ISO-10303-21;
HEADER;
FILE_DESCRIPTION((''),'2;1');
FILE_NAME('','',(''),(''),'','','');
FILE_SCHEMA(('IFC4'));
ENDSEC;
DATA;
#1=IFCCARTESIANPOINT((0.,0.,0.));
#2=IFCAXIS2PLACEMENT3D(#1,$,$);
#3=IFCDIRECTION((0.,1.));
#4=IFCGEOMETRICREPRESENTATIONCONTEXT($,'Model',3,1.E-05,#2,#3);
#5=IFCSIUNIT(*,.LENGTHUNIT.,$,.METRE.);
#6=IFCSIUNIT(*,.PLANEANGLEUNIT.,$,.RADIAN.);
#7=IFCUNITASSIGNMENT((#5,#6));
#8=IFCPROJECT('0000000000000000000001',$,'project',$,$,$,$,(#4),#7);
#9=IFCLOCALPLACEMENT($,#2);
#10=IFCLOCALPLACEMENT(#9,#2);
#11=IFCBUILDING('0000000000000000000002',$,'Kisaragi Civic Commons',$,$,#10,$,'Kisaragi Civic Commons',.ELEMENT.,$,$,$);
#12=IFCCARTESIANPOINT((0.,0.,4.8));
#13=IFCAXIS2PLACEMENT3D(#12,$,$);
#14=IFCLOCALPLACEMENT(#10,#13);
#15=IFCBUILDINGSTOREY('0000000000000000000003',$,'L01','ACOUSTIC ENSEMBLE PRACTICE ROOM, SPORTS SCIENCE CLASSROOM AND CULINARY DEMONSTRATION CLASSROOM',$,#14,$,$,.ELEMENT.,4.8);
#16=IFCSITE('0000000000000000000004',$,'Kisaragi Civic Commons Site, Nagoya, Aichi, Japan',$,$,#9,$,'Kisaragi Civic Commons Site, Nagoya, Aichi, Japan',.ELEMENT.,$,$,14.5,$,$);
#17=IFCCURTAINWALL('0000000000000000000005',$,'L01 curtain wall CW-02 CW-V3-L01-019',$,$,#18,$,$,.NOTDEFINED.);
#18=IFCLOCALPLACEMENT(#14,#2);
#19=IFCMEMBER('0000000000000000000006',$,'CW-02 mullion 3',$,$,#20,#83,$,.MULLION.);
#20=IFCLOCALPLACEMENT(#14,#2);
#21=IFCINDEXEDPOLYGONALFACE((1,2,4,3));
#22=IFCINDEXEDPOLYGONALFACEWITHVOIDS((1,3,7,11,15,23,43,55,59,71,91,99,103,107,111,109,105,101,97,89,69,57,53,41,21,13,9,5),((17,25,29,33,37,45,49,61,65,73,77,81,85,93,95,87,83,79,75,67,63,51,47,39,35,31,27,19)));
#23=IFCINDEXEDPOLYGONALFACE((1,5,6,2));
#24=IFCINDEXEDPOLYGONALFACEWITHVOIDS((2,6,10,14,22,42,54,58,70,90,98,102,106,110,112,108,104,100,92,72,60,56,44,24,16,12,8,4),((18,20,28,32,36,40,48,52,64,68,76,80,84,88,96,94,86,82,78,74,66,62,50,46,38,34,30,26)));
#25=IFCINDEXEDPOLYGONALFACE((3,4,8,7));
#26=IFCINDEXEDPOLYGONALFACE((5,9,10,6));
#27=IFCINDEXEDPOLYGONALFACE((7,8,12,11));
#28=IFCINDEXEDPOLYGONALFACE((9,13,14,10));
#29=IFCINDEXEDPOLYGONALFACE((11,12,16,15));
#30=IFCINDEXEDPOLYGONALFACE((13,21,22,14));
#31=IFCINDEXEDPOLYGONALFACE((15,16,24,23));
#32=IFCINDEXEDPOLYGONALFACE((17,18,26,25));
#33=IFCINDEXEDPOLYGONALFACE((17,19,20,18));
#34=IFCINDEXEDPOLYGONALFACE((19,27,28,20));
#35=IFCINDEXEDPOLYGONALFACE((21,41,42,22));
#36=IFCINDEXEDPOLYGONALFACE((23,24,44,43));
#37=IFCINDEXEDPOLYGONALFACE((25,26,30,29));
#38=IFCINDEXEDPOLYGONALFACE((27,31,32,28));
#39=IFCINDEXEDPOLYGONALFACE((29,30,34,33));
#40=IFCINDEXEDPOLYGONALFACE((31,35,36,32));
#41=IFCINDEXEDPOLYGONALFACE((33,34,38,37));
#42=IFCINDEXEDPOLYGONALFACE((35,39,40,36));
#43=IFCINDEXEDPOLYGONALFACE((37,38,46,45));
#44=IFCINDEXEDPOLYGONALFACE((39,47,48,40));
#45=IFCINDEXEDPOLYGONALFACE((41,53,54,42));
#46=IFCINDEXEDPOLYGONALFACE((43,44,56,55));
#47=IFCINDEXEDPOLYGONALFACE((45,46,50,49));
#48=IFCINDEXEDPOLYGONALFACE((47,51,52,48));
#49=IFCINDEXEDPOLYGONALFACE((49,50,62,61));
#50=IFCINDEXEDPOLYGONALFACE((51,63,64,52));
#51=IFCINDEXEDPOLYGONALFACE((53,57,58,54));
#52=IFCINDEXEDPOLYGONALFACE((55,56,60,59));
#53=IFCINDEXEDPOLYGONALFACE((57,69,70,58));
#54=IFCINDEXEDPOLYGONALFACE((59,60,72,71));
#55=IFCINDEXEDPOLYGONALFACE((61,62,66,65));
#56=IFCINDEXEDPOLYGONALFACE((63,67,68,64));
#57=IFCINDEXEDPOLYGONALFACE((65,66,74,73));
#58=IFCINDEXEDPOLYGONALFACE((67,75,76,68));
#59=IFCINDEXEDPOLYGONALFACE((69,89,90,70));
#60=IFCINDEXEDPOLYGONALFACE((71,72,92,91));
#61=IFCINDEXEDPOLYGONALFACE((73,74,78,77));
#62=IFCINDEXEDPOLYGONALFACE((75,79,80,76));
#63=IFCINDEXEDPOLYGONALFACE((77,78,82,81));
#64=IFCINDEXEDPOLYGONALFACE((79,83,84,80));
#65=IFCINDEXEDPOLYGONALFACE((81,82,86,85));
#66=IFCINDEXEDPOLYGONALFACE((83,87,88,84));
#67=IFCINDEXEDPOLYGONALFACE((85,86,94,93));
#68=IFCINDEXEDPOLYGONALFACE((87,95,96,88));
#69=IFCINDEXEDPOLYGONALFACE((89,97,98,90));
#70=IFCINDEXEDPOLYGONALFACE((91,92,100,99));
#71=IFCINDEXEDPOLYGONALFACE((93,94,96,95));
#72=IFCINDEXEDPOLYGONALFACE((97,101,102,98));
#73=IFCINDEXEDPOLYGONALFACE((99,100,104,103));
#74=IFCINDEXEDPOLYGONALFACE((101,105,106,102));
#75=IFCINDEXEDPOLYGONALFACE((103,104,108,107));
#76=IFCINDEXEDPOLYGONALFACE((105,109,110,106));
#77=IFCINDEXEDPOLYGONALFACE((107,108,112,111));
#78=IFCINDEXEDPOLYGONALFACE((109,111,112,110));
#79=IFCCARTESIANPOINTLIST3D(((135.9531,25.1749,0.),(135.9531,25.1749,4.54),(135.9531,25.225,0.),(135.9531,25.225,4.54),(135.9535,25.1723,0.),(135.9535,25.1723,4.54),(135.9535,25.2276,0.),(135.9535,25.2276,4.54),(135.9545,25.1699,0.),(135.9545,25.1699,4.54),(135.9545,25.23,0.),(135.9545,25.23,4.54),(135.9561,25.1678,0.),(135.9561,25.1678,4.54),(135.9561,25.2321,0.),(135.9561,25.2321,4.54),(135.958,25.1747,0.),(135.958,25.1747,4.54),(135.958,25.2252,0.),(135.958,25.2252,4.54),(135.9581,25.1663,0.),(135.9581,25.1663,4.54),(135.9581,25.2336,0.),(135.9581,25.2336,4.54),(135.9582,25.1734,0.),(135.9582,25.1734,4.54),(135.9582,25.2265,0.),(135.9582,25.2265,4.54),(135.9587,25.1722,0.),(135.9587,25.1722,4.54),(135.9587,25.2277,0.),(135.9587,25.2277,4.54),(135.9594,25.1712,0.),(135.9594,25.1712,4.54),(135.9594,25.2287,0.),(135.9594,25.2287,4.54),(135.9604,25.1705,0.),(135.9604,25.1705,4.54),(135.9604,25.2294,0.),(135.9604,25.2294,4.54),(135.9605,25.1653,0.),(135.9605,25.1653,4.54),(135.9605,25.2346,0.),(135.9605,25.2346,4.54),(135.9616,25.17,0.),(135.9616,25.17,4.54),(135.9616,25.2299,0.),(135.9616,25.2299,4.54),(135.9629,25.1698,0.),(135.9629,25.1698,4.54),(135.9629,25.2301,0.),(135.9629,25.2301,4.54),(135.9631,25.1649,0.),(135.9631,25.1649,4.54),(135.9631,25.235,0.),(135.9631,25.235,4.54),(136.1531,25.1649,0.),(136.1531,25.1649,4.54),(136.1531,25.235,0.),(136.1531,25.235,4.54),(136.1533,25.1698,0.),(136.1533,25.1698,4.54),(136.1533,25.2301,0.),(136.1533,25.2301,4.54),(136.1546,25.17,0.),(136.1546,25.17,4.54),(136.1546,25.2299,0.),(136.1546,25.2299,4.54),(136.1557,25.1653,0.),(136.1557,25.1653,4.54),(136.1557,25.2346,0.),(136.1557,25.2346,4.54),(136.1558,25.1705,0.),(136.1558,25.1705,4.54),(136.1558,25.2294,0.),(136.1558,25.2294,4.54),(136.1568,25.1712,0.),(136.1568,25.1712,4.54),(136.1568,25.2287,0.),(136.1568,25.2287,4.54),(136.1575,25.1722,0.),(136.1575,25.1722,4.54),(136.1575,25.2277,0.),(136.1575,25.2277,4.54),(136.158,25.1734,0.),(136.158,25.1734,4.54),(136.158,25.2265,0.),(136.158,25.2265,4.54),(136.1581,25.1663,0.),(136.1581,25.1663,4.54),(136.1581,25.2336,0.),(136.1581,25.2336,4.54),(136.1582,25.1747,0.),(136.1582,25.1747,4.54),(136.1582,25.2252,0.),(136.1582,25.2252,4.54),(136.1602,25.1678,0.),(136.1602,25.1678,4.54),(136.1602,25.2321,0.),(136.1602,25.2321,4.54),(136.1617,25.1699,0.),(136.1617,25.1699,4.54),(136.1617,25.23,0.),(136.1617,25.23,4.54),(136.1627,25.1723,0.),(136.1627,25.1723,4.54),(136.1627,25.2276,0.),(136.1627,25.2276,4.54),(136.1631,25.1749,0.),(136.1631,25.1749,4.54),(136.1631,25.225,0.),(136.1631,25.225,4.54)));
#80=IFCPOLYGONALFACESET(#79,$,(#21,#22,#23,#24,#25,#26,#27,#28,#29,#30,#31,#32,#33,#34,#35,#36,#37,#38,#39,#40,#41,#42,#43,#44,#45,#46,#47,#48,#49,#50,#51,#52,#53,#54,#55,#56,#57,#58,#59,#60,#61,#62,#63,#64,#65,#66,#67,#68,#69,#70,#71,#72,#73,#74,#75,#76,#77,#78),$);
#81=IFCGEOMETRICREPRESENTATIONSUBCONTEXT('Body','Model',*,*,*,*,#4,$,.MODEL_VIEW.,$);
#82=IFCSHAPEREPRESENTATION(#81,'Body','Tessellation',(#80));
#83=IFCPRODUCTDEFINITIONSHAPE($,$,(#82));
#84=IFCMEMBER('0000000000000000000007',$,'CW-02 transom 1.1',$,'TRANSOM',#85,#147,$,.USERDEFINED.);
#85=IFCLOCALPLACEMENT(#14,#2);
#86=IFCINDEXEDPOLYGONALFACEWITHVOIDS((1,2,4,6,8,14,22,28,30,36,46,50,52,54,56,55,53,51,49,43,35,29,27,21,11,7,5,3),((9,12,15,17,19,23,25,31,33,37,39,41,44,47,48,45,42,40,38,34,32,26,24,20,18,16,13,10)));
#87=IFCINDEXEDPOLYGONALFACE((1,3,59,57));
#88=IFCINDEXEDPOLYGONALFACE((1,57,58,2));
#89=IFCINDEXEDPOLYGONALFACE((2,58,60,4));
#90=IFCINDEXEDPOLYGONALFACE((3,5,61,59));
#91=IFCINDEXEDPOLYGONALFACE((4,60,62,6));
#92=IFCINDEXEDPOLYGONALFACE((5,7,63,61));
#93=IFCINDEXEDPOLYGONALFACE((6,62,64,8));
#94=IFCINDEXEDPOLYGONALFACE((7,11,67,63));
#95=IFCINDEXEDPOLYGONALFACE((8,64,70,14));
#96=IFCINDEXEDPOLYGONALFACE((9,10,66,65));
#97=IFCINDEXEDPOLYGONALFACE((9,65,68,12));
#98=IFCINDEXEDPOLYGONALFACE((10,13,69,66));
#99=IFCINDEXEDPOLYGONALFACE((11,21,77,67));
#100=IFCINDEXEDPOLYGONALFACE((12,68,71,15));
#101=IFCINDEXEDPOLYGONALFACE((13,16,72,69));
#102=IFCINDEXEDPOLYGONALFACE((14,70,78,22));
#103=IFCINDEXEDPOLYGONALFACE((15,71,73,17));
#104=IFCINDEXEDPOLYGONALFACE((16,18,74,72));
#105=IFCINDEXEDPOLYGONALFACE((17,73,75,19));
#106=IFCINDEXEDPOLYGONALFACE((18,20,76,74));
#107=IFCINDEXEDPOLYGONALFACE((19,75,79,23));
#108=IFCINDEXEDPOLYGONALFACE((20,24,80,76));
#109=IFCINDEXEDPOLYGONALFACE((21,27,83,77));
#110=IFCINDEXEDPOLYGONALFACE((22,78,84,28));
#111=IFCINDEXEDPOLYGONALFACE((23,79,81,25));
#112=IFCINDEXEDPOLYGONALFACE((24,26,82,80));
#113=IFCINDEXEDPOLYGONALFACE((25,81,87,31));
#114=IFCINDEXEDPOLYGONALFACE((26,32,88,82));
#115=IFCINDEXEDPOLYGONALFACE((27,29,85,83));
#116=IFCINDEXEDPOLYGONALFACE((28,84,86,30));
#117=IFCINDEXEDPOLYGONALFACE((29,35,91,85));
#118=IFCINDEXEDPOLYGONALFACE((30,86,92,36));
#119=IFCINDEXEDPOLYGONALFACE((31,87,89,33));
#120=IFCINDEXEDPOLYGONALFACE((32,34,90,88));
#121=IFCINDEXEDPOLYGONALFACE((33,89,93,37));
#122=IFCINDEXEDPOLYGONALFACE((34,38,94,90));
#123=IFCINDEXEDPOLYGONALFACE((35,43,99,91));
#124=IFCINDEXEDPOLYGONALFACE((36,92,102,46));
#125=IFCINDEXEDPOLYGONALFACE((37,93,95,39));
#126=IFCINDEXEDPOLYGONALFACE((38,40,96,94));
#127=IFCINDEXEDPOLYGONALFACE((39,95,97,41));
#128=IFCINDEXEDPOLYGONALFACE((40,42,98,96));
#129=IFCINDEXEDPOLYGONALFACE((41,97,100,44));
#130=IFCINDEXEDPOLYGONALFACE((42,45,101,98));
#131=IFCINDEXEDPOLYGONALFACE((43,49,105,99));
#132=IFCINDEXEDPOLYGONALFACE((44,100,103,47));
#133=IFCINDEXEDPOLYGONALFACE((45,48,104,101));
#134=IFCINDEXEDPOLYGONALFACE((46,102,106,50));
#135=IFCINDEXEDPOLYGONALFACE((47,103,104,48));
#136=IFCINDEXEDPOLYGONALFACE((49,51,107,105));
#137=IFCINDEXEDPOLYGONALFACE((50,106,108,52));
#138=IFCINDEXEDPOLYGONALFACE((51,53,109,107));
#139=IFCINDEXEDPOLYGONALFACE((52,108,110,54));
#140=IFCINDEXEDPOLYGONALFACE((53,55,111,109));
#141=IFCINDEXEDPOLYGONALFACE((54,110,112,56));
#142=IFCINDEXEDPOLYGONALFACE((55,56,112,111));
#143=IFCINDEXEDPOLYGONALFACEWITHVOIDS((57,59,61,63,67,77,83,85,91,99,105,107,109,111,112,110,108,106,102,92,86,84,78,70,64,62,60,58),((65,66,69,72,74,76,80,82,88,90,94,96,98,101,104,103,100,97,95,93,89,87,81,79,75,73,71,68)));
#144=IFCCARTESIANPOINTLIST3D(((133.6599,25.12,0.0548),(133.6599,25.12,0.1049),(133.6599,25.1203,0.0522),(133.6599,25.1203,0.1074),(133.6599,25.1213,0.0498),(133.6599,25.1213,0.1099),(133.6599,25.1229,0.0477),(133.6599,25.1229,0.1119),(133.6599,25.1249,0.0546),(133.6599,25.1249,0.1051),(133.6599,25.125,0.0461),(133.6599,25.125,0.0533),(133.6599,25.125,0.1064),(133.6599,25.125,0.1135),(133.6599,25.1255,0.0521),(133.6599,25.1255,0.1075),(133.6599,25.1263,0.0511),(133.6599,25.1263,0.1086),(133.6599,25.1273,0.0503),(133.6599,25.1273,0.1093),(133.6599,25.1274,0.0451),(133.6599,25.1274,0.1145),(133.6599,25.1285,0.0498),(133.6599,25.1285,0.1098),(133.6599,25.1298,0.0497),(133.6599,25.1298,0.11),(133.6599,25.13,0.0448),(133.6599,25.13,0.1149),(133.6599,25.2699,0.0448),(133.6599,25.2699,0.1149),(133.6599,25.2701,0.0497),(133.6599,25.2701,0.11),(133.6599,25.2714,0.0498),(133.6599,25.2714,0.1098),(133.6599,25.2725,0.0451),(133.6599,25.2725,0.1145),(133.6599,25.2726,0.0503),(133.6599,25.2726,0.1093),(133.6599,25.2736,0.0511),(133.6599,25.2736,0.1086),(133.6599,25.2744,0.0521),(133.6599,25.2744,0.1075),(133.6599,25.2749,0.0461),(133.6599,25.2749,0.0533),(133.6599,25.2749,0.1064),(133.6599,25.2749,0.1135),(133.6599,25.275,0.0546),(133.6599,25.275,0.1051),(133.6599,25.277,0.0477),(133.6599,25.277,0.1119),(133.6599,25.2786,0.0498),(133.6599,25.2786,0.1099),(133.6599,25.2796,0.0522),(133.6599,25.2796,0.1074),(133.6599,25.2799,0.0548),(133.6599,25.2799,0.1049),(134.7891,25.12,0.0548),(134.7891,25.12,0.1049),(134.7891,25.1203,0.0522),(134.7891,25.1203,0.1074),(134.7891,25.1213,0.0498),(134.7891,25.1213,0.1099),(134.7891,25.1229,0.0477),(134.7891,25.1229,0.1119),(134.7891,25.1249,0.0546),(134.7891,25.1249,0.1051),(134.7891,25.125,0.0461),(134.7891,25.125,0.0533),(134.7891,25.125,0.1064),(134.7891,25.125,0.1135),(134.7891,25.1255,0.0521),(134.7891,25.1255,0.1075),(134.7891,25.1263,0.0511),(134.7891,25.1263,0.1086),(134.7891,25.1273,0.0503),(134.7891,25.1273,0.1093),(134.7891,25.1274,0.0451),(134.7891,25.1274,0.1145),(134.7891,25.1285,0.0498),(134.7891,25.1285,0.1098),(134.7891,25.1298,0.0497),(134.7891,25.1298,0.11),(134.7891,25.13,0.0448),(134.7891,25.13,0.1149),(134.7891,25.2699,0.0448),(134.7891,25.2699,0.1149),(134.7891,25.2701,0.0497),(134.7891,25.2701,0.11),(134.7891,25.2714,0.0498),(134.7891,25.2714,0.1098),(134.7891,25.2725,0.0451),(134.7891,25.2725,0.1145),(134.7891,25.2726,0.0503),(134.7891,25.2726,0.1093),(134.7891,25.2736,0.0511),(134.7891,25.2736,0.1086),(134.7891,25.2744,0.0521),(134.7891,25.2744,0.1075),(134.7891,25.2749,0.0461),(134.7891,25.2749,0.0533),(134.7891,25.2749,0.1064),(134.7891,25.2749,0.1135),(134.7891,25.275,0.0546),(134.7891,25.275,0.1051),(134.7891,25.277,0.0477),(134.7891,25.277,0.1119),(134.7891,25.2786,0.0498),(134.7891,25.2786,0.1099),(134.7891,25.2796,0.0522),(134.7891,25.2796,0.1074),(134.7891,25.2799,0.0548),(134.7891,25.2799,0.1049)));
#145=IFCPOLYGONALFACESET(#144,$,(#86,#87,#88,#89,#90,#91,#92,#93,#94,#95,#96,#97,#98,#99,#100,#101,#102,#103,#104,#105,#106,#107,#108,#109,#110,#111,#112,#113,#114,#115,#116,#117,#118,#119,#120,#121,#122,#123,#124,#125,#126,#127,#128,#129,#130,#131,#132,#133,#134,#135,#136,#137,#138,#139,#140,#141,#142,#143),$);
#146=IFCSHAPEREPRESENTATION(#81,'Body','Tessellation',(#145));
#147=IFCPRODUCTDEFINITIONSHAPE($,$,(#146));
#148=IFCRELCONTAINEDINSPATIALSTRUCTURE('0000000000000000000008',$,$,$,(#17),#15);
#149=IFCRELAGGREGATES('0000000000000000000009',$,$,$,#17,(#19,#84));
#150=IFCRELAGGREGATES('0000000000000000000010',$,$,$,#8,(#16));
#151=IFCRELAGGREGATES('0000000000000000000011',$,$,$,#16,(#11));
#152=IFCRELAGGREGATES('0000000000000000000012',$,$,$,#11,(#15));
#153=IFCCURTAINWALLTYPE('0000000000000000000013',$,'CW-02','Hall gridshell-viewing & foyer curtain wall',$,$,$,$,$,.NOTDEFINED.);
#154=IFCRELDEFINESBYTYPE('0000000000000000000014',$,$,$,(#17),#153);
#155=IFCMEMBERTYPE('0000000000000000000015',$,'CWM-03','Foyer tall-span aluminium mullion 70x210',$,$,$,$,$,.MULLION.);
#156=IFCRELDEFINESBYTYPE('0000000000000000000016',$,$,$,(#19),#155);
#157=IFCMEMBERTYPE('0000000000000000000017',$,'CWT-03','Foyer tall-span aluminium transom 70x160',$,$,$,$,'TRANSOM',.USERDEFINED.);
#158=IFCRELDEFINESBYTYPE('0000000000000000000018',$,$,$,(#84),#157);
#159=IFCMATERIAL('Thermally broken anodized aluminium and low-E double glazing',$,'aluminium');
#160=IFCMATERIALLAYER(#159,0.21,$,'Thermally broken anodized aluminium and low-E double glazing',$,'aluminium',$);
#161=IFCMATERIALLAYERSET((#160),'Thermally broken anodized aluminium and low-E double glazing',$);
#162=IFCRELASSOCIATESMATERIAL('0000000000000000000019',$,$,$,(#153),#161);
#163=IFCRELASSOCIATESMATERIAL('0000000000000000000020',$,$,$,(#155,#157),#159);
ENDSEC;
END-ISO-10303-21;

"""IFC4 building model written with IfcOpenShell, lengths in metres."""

from ifc_helpers import new_model, si_unit, direction, frame, origin, origin_2d, place, context, subcontext, project, spatial, hollow_rectangle, extrude, material, layer, layer_set, material_profile, profile_set, type_object, element, aggregate, save


model = new_model("IFC4")

# Units and contexts
model_context = context("Model", 3, precision=1e-05, world=origin(), true_north=direction((0.0, 1.0)))
body_context = subcontext(model_context, "Body", "Model", "MODEL_VIEW")
ifc_project = project(units=[si_unit("LENGTHUNIT", "METRE"), si_unit("PLANEANGLEUNIT", "RADIAN")], contexts=[model_context])

# Site, building, storey
site_placement = place(None, origin())
site = spatial("IfcSite", under=ifc_project, at=site_placement, Name="Kisaragi Civic Commons Site, Nagoya, Aichi, Japan", LongName="Kisaragi Civic Commons Site, Nagoya, Aichi, Japan", CompositionType="ELEMENT", RefElevation=14.5)
building_placement = place(site_placement, origin())
building = spatial("IfcBuilding", under=site, at=building_placement, Name="Kisaragi Civic Commons", LongName="Kisaragi Civic Commons", CompositionType="ELEMENT")
storey_placement = place(building_placement, frame((0.0, 0.0, 4.8)))
storey = spatial("IfcBuildingStorey", under=building, at=storey_placement, Name="L01", Description="ACOUSTIC ENSEMBLE PRACTICE ROOM, SPORTS SCIENCE CLASSROOM AND CULINARY DEMONSTRATION CLASSROOM", CompositionType="ELEMENT", Elevation=4.8)

# Curtain wall, members
ifc_material_1 = material(Name="Thermally broken anodized aluminium and low-E double glazing", Category="aluminium")
ifc_layer_1 = layer(ifc_material_1, 0.21, Name="Thermally broken anodized aluminium and low-E double glazing", Category="aluminium")
ifc_layer_set_1 = layer_set([ifc_layer_1], Name="Thermally broken anodized aluminium and low-E double glazing")
curtain_wall_type = type_object("IfcCurtainWallType", Name="CW-02", Description="Hall gridshell-viewing & foyer curtain wall", PredefinedType="NOTDEFINED", material=ifc_layer_set_1)
curtain_wall_placement = place(storey_placement, origin())
curtain_wall = element("IfcCurtainWall", 1, at=curtain_wall_placement, inside=storey, type_object=curtain_wall_type, Name="L01 curtain wall CW-02 CW-V3-L01-019", PredefinedType="NOTDEFINED")
ifc_material_profile_1 = material_profile(ifc_material_1, hollow_rectangle(XDim=0.0701, YDim=0.21, WallThickness=0.0049, InnerFilletRadius=0.0049, OuterFilletRadius=0.01, at=origin_2d()), Name="CWM-70x210x5", Category="aluminium")
ifc_profile_set_1 = profile_set([ifc_material_profile_1], Name="Thermally broken anodized aluminium and low-E double glazing")
member_type_1 = type_object("IfcMemberType", Name="CWM-03", Description="Foyer tall-span aluminium mullion 70x210", PredefinedType="MULLION", material=ifc_profile_set_1)
member_1_placement = place(storey_placement, frame((136.0581, 25.2, 0.0), z_axis=(0.0, 0.0, 1.0), x_axis=(0.0, 1.0, 0.0)))
member_1 = element("IfcMember", 2, at=member_1_placement, type_object=member_type_1, Name="CW-02 mullion 3", PredefinedType="MULLION", context=body_context, shape_type="SweptSolid", body=[
    extrude(hollow_rectangle(XDim=0.0701, YDim=0.21, WallThickness=0.0049, InnerFilletRadius=0.0049, OuterFilletRadius=0.01, at=origin_2d()), origin(), (0.0, 0.0, 1.0), 4.54),
])
ifc_material_profile_2 = material_profile(ifc_material_1, hollow_rectangle(XDim=0.1599, YDim=0.0701, WallThickness=0.0049, InnerFilletRadius=0.0049, OuterFilletRadius=0.01, at=origin_2d()), Name="CWT-70x160x5", Category="aluminium")
ifc_profile_set_2 = profile_set([ifc_material_profile_2], Name="Thermally broken anodized aluminium and low-E double glazing")
member_type_2 = type_object("IfcMemberType", Name="CWT-03", Description="Foyer tall-span aluminium transom 70x160", ElementType="TRANSOM", PredefinedType="USERDEFINED", material=ifc_profile_set_2)
member_2_placement = place(storey_placement, frame((133.6599, 25.2, 0.0798), z_axis=(1.0, 0.0, 0.0), x_axis=(0.0, 1.0, 0.0)))
member_2 = element("IfcMember", 3, at=member_2_placement, type_object=member_type_2, Name="CW-02 transom 1.1", ObjectType="TRANSOM", PredefinedType="USERDEFINED", context=body_context, shape_type="SweptSolid", body=[
    extrude(hollow_rectangle(XDim=0.1599, YDim=0.0701, WallThickness=0.0049, InnerFilletRadius=0.0049, OuterFilletRadius=0.01, at=origin_2d()), origin(), (0.0, 0.0, 1.0), 1.1292),
])

aggregate(curtain_wall, [member_1, member_2])

save(model, "model.ifc")
